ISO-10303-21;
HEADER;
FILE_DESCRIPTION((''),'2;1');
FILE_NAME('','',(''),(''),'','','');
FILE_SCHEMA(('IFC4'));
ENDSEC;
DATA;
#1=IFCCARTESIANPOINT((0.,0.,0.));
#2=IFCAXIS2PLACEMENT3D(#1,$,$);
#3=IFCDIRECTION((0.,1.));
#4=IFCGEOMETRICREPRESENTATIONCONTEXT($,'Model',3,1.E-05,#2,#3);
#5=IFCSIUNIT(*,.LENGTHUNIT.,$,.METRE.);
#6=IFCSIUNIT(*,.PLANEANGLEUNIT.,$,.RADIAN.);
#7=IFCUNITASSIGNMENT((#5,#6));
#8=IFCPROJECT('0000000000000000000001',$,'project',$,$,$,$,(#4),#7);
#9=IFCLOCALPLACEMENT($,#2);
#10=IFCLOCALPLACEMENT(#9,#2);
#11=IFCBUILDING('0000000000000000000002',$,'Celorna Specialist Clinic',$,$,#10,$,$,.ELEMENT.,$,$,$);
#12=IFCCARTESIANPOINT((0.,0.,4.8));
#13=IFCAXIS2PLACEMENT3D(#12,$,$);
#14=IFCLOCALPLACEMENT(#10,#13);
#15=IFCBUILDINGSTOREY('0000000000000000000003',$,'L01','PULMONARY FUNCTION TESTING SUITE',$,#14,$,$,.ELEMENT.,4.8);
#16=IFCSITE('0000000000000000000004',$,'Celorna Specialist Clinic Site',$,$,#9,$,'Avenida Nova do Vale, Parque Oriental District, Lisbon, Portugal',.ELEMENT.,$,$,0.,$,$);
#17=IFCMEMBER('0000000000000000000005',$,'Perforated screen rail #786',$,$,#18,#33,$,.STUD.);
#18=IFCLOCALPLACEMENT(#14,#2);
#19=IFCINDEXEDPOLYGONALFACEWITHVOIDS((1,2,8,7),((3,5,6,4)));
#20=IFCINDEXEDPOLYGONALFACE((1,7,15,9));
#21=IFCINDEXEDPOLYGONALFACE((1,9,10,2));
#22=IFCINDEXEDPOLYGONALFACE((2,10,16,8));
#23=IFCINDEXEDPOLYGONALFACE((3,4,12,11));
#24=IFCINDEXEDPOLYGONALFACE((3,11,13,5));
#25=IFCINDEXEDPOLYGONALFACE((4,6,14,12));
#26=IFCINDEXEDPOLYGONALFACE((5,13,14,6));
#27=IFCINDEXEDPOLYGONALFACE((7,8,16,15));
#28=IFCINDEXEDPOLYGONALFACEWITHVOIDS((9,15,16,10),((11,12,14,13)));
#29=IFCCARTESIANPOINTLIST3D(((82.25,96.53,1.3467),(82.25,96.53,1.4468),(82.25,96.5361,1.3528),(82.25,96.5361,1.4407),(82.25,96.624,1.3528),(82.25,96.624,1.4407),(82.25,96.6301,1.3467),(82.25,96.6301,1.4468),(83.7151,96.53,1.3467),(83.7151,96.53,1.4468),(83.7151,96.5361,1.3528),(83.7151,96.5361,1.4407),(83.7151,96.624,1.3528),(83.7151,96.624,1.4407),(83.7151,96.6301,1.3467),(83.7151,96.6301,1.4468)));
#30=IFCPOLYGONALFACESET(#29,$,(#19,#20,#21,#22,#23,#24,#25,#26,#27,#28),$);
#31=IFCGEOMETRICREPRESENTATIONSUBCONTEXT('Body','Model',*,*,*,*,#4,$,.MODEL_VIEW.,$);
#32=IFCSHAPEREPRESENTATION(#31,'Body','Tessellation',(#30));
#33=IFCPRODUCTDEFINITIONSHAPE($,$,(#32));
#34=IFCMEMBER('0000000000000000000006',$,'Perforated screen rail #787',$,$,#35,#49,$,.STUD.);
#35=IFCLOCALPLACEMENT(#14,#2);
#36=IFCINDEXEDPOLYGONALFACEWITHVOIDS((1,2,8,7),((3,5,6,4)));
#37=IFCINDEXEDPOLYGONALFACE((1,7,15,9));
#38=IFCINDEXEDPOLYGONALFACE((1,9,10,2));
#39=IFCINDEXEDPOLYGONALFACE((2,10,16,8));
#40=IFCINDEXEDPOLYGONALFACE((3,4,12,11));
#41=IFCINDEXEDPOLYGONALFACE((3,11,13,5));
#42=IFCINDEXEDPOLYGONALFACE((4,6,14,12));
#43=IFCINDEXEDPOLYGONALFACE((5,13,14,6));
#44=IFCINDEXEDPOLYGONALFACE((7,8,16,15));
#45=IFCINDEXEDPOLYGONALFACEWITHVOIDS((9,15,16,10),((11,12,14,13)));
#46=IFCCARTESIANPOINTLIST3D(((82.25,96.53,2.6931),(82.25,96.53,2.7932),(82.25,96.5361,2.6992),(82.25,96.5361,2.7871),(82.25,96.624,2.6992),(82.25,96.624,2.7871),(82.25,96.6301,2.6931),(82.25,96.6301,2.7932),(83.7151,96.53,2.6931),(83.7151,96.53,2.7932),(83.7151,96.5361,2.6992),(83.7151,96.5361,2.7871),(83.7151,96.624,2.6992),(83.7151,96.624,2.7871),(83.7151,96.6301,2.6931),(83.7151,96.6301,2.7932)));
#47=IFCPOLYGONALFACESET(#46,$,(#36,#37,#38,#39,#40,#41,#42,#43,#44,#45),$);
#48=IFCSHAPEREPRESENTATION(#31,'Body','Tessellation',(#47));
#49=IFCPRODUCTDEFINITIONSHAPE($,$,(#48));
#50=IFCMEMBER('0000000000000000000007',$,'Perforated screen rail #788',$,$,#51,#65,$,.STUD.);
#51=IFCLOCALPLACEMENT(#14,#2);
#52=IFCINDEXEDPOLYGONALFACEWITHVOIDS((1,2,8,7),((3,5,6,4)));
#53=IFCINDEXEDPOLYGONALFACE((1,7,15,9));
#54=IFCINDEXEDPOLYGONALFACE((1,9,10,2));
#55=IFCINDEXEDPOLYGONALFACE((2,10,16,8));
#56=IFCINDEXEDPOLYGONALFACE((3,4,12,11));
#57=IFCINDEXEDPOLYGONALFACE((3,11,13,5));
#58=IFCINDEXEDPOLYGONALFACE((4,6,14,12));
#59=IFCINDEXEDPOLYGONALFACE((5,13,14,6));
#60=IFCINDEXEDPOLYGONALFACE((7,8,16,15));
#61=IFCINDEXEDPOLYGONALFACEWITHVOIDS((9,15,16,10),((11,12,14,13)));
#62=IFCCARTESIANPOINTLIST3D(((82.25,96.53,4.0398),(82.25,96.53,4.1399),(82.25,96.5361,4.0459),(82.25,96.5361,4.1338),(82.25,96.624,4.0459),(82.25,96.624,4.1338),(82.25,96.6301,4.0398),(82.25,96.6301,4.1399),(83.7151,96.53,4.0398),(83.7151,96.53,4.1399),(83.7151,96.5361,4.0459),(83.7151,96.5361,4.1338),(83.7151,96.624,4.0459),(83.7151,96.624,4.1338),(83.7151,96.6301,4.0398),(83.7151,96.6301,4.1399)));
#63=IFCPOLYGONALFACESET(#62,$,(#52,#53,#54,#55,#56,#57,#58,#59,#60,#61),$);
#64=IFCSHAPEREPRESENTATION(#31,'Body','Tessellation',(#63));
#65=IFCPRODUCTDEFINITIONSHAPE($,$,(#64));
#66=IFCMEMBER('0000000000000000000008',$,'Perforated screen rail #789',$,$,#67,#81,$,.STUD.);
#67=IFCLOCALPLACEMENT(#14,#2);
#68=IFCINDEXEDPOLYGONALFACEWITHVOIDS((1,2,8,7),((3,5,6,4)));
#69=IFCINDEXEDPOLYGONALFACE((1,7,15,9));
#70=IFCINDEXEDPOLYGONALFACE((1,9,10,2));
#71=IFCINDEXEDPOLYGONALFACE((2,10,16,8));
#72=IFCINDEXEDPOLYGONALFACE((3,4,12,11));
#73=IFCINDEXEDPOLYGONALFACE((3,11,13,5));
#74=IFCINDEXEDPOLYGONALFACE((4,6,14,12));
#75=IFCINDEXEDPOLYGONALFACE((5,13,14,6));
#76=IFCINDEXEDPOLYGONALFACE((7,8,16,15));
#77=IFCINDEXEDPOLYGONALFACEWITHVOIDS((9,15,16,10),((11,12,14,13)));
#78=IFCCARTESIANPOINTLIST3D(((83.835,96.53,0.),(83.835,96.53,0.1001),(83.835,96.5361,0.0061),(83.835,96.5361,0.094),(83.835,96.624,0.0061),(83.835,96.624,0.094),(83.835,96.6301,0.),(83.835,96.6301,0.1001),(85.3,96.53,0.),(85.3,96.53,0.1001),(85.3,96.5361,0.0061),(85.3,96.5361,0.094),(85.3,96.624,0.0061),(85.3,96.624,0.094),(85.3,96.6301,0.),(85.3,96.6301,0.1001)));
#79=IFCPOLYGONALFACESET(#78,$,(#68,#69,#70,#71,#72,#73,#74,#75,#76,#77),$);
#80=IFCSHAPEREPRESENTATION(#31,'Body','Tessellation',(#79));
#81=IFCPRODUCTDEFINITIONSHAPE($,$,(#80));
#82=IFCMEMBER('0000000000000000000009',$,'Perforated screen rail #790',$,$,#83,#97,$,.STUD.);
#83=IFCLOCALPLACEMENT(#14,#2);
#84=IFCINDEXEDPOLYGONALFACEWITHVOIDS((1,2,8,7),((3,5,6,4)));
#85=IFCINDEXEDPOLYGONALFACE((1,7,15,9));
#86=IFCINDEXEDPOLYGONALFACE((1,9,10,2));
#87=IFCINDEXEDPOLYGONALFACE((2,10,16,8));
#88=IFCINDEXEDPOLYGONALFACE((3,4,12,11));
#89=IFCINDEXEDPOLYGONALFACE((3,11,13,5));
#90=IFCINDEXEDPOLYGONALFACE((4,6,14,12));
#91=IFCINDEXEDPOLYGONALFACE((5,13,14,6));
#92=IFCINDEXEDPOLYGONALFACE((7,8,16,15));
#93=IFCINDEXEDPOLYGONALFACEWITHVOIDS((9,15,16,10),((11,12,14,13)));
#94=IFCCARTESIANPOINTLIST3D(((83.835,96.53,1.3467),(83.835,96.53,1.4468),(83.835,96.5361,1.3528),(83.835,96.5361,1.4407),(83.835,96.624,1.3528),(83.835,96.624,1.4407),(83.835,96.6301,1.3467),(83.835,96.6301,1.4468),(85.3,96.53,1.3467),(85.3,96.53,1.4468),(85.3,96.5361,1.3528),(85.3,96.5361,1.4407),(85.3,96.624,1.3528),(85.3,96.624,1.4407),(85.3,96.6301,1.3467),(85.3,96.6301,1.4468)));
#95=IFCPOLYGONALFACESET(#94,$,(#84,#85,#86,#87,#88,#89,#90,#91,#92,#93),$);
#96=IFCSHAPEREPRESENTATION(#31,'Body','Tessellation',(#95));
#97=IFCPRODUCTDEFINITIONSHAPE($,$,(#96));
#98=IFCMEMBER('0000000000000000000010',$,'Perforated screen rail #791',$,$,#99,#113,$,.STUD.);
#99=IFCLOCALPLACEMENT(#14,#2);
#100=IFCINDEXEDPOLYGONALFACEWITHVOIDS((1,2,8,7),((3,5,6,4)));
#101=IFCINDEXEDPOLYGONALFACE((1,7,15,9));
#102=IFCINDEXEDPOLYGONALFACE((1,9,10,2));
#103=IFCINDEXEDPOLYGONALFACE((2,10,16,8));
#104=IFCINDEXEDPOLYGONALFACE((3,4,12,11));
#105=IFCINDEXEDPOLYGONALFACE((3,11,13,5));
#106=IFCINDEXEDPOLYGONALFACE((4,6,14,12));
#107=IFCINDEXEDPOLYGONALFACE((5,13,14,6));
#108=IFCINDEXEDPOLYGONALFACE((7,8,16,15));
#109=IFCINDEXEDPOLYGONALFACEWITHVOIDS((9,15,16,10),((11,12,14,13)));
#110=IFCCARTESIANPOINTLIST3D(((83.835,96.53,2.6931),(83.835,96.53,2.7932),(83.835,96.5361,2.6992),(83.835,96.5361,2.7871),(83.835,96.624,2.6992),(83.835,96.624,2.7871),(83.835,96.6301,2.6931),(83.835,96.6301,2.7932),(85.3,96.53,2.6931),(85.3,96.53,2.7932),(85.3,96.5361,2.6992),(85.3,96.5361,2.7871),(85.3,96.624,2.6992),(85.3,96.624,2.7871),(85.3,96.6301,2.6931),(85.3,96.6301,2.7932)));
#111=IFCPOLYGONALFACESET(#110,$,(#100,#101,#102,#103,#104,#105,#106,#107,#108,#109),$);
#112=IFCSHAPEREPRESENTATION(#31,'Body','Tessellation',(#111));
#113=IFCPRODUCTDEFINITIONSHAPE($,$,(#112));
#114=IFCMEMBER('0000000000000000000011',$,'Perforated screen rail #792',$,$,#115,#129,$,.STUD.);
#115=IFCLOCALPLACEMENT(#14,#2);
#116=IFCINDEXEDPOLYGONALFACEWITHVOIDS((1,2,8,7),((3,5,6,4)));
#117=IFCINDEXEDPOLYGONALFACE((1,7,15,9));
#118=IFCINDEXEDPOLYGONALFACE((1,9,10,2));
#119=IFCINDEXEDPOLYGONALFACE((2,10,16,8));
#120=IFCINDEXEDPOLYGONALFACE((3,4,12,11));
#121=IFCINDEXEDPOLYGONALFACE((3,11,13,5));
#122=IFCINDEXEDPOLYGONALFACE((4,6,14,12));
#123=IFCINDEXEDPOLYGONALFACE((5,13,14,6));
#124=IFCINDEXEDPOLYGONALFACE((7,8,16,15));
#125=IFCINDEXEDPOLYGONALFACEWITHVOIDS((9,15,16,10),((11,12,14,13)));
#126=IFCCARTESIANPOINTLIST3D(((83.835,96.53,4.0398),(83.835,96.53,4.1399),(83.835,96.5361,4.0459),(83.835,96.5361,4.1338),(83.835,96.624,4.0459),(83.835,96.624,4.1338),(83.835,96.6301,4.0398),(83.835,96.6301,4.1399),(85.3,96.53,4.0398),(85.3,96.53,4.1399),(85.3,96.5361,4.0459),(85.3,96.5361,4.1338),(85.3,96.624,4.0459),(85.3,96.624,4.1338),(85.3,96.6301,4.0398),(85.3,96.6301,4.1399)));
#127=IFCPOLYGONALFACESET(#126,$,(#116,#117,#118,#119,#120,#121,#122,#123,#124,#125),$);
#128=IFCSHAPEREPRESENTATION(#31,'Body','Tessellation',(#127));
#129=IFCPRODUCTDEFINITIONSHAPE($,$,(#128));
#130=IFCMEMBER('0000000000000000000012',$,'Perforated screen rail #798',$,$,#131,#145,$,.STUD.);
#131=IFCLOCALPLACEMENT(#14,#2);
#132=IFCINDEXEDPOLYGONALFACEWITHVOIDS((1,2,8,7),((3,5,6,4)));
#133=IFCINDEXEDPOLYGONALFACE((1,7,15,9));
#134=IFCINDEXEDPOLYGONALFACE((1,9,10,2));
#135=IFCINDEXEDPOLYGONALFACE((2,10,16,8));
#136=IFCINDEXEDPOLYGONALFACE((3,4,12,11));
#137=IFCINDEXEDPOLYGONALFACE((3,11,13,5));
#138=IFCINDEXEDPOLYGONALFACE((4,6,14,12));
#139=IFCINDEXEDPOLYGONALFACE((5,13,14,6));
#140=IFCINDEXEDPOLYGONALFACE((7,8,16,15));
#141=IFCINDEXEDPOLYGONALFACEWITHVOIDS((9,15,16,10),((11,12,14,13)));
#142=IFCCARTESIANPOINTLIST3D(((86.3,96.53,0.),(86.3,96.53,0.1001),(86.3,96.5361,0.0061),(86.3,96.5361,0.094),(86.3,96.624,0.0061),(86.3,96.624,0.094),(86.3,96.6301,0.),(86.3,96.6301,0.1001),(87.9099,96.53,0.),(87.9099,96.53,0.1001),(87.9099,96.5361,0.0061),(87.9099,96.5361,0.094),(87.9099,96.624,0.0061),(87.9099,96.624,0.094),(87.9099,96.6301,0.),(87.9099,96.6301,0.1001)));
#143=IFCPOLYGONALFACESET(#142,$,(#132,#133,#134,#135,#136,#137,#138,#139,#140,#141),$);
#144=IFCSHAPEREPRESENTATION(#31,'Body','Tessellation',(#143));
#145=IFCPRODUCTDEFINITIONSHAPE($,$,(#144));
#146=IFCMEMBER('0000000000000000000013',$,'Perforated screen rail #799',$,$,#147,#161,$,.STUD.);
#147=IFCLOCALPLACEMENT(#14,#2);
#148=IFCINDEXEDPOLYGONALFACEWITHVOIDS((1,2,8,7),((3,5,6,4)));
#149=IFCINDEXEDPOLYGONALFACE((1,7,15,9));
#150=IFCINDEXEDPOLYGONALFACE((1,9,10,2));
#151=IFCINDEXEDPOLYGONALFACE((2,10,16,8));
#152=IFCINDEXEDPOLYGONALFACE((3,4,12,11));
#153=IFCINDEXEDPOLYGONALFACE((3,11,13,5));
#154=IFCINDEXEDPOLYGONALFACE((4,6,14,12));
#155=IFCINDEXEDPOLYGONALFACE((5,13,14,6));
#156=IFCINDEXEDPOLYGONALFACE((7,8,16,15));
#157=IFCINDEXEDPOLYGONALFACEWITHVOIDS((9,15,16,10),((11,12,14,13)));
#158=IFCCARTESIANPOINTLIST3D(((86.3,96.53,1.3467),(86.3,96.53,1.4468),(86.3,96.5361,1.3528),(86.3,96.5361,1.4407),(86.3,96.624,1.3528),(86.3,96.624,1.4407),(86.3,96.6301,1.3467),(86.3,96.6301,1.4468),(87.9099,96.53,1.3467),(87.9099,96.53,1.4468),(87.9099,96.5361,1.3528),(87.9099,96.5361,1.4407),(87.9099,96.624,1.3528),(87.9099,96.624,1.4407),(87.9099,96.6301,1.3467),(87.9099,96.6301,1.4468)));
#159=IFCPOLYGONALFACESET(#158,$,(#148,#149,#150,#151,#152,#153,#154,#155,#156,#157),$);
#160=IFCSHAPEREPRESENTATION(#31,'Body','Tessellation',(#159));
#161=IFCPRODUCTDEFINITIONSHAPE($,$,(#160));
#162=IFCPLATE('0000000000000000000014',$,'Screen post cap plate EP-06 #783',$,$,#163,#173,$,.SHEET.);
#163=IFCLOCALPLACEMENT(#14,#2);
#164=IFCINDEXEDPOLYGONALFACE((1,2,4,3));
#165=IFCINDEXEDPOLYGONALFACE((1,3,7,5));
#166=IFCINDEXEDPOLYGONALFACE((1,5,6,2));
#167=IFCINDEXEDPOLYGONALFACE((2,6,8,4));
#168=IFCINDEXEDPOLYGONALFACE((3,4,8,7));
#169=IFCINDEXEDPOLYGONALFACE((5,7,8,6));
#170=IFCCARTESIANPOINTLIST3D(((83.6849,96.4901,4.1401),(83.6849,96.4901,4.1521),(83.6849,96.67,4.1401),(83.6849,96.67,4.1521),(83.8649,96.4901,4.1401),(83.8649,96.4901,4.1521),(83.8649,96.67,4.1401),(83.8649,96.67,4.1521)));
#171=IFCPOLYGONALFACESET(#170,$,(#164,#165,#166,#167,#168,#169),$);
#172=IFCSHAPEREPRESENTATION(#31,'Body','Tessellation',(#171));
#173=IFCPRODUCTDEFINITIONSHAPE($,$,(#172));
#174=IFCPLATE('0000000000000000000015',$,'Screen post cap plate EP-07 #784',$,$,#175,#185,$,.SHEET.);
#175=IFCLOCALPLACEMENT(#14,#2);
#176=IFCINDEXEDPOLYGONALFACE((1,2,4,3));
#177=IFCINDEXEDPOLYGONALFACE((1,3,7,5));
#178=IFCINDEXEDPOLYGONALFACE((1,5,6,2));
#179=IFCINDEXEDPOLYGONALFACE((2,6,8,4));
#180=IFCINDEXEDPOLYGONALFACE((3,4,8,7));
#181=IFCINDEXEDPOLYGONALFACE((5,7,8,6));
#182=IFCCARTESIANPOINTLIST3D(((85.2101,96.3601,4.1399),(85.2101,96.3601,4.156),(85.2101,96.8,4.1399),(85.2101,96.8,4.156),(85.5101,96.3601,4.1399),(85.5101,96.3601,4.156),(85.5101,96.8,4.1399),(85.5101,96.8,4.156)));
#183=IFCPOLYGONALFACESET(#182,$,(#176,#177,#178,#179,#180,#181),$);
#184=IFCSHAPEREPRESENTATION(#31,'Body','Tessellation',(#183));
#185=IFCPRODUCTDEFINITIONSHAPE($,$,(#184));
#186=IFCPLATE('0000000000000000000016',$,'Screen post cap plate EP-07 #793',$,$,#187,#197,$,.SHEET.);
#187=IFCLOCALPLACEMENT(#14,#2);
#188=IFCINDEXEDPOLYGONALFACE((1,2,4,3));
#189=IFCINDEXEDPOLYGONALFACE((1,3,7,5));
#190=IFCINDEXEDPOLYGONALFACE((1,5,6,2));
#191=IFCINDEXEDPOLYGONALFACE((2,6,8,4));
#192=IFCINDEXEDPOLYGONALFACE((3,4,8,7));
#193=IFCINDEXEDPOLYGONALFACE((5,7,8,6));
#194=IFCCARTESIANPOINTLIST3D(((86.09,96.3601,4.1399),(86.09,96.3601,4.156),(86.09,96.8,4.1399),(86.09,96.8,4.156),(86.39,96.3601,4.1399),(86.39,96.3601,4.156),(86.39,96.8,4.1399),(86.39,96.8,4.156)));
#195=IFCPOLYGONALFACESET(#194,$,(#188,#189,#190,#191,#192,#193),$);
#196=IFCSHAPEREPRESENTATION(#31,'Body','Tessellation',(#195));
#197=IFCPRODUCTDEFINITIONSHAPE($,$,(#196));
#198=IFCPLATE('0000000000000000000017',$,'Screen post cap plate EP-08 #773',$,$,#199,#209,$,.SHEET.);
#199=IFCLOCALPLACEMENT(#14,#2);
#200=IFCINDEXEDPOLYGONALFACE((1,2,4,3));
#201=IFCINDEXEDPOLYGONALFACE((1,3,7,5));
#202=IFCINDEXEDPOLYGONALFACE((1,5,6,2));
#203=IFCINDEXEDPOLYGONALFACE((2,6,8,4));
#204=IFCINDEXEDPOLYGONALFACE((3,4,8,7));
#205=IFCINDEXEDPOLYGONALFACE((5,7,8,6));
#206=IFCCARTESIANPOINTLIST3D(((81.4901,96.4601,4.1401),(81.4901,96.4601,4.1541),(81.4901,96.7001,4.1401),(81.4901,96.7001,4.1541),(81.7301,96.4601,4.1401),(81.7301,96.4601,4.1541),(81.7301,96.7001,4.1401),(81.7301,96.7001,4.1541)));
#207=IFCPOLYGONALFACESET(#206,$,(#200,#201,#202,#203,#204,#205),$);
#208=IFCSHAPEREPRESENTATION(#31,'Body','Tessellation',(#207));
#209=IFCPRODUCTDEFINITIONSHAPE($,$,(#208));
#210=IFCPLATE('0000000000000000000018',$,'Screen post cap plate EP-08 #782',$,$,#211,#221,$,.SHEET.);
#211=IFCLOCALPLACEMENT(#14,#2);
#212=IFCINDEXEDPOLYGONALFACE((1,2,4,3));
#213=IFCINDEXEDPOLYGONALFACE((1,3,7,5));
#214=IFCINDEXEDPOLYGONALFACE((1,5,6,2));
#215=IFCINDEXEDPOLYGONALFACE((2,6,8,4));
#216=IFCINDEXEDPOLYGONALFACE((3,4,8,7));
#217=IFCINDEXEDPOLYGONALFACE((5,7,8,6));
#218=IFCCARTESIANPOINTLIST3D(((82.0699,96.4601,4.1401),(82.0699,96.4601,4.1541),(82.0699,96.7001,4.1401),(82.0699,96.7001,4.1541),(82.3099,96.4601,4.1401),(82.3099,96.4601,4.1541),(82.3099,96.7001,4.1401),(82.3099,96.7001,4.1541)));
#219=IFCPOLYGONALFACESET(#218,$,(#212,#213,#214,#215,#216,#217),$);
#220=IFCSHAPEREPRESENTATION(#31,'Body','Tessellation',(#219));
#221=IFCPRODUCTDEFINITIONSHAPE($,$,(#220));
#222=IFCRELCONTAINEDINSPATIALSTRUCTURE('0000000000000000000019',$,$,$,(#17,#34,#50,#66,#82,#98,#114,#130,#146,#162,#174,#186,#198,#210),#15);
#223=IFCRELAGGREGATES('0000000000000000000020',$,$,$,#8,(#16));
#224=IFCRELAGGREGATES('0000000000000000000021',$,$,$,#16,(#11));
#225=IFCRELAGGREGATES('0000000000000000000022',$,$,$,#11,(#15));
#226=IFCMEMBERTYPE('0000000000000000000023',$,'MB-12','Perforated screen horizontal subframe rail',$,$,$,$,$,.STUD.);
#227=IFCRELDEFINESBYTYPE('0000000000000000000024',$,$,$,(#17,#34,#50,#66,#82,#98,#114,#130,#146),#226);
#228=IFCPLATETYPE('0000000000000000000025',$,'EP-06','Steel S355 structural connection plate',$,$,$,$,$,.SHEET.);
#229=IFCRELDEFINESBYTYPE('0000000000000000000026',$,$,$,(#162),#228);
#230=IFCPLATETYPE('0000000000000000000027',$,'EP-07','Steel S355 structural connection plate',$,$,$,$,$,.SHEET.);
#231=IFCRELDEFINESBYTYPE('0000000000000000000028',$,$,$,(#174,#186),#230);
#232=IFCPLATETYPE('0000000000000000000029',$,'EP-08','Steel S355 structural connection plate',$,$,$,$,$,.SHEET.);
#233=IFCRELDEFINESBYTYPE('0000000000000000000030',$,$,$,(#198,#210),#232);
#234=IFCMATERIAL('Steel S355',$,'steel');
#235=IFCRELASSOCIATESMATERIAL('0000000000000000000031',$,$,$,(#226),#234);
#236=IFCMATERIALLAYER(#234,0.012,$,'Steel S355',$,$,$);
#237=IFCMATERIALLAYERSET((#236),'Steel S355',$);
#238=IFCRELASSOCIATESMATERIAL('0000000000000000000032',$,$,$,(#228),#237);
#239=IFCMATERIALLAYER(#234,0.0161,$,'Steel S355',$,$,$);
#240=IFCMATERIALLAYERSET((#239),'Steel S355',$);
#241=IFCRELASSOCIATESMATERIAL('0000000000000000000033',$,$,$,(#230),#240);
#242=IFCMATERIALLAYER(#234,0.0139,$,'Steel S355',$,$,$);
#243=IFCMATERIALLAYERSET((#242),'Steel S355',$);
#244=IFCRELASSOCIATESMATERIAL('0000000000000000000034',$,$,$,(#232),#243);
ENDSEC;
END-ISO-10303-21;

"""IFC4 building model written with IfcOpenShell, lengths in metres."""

from ifc_helpers import new_model, si_unit, direction, frame, origin, origin_2d, place, context, subcontext, project, spatial, rectangle, hollow_rectangle, extrude, material, layer, layer_set, material_profile, profile_set, type_object, element, save


model = new_model("IFC4")

# Units and contexts
model_context = context("Model", 3, precision=1e-05, world=origin(), true_north=direction((0.0, 1.0)))
body_context = subcontext(model_context, "Body", "Model", "MODEL_VIEW")
ifc_project = project(units=[si_unit("LENGTHUNIT", "METRE"), si_unit("PLANEANGLEUNIT", "RADIAN")], contexts=[model_context])

# Site, building, storey
site_placement = place(None, origin())
site = spatial("IfcSite", under=ifc_project, at=site_placement, Name="Celorna Specialist Clinic Site", LongName="Avenida Nova do Vale, Parque Oriental District, Lisbon, Portugal", CompositionType="ELEMENT", RefElevation=0.0)
building_placement = place(site_placement, origin())
building = spatial("IfcBuilding", under=site, at=building_placement, Name="Celorna Specialist Clinic", CompositionType="ELEMENT")
storey_placement = place(building_placement, frame((0.0, 0.0, 4.8)))
storey = spatial("IfcBuildingStorey", under=building, at=storey_placement, Name="L01", Description="PULMONARY FUNCTION TESTING SUITE", CompositionType="ELEMENT", Elevation=4.8)

# Shared definitions
ifc_material_1 = material(Name="Steel S355", Category="steel")

# Members
ifc_material_profile_1 = material_profile(ifc_material_1, hollow_rectangle(XDim=0.1001, YDim=0.1001, WallThickness=0.0061, at=origin_2d()), Name="SHS 100x100x6")
ifc_profile_set_1 = profile_set([ifc_material_profile_1], Name="Steel S355")
member_type_1 = type_object("IfcMemberType", Name="MB-12", Description="Perforated screen horizontal subframe rail", PredefinedType="STUD", material=ifc_profile_set_1)
for number, where, z_axis, x_axis, name in (
    (1, (82.25, 96.5801, 1.3967), (1.0, 0.0, 0.0), (0.0, 1.0, 0.0), "Perforated screen rail #786"),
    (2, (82.25, 96.5801, 2.7432), (1.0, 0.0, 0.0), (0.0, 1.0, 0.0), "Perforated screen rail #787"),
    (3, (82.25, 96.5801, 4.0898), (1.0, 0.0, 0.0), (0.0, 1.0, 0.0), "Perforated screen rail #788"),
    (4, (83.835, 96.5801, 0.05), (1.0, 0.0, 0.0), (0.0, 1.0, 0.0), "Perforated screen rail #789"),
    (5, (83.835, 96.5801, 1.3967), (1.0, 0.0, 0.0), (0.0, 1.0, 0.0), "Perforated screen rail #790"),
    (6, (83.835, 96.5801, 2.7432), (1.0, 0.0, 0.0), (0.0, 1.0, 0.0), "Perforated screen rail #791"),
    (7, (83.835, 96.5801, 4.0898), (1.0, 0.0, 0.0), (0.0, 1.0, 0.0), "Perforated screen rail #792"),
):
    element("IfcMember", number, at=place(storey_placement, frame(where, z_axis=z_axis, x_axis=x_axis)), inside=storey, type_object=member_type_1, Name=name, PredefinedType="STUD", context=body_context, shape_type="SweptSolid", body=[
        extrude(hollow_rectangle(XDim=0.1001, YDim=0.1001, WallThickness=0.0061, at=origin_2d()), origin(), (0.0, 0.0, 1.0), 1.4651),
    ])
for number, where, z_axis, x_axis, name in (
    (8, (86.3, 96.5801, 0.05), (1.0, 0.0, 0.0), (0.0, 1.0, 0.0), "Perforated screen rail #798"),
    (9, (86.3, 96.5801, 1.3967), (1.0, 0.0, 0.0), (0.0, 1.0, 0.0), "Perforated screen rail #799"),
):
    element("IfcMember", number, at=place(storey_placement, frame(where, z_axis=z_axis, x_axis=x_axis)), inside=storey, type_object=member_type_1, Name=name, PredefinedType="STUD", context=body_context, shape_type="SweptSolid", body=[
        extrude(hollow_rectangle(XDim=0.1001, YDim=0.1001, WallThickness=0.0061, at=origin_2d()), origin(), (0.0, 0.0, 1.0), 1.6099),
    ])

# Plates
ifc_layer_1 = layer(ifc_material_1, 0.012, Name="Steel S355")
ifc_layer_set_1 = layer_set([ifc_layer_1], Name="Steel S355")
plate_type_1 = type_object("IfcPlateType", Name="EP-06", Description="Steel S355 structural connection plate", PredefinedType="SHEET", material=ifc_layer_set_1)
plate_placement = place(storey_placement, frame((83.7749, 96.5801, 4.1401), z_axis=(0.0, 0.0, 1.0), x_axis=(1.0, 0.0, 0.0)))
element("IfcPlate", 10, at=plate_placement, inside=storey, type_object=plate_type_1, Name="Screen post cap plate EP-06 #783", PredefinedType="SHEET", context=body_context, shape_type="SweptSolid", body=[
    extrude(rectangle(XDim=0.1799, YDim=0.1799, at=origin_2d()), origin(), (0.0, 0.0, 1.0), 0.012),
])
ifc_layer_2 = layer(ifc_material_1, 0.0161, Name="Steel S355")
ifc_layer_set_2 = layer_set([ifc_layer_2], Name="Steel S355")
plate_type_2 = type_object("IfcPlateType", Name="EP-07", Description="Steel S355 structural connection plate", PredefinedType="SHEET", material=ifc_layer_set_2)
for number, where, z_axis, x_axis, name in (
    (11, (85.3601, 96.5801, 4.1399), (0.0, 0.0, 1.0), (1.0, 0.0, 0.0), "Screen post cap plate EP-07 #784"),
    (12, (86.24, 96.5801, 4.1399), (0.0, 0.0, 1.0), (1.0, 0.0, 0.0), "Screen post cap plate EP-07 #793"),
):
    element("IfcPlate", number, at=place(storey_placement, frame(where, z_axis=z_axis, x_axis=x_axis)), inside=storey, type_object=plate_type_2, Name=name, PredefinedType="SHEET", context=body_context, shape_type="SweptSolid", body=[
        extrude(rectangle(XDim=0.3, YDim=0.4399, at=origin_2d()), origin(), (0.0, 0.0, 1.0), 0.0161),
    ])
ifc_layer_3 = layer(ifc_material_1, 0.0139, Name="Steel S355")
ifc_layer_set_3 = layer_set([ifc_layer_3], Name="Steel S355")
plate_type_3 = type_object("IfcPlateType", Name="EP-08", Description="Steel S355 structural connection plate", PredefinedType="SHEET", material=ifc_layer_set_3)
for number, where, z_axis, x_axis, name in (
    (13, (81.6101, 96.5801, 4.1401), (0.0, 0.0, 1.0), (1.0, 0.0, 0.0), "Screen post cap plate EP-08 #773"),
    (14, (82.1899, 96.5801, 4.1401), (0.0, 0.0, 1.0), (1.0, 0.0, 0.0), "Screen post cap plate EP-08 #782"),
):
    element("IfcPlate", number, at=place(storey_placement, frame(where, z_axis=z_axis, x_axis=x_axis)), inside=storey, type_object=plate_type_3, Name=name, PredefinedType="SHEET", context=body_context, shape_type="SweptSolid", body=[
        extrude(rectangle(XDim=0.24, YDim=0.24, at=origin_2d()), origin(), (0.0, 0.0, 1.0), 0.0139),
    ])

save(model, "model.ifc")
